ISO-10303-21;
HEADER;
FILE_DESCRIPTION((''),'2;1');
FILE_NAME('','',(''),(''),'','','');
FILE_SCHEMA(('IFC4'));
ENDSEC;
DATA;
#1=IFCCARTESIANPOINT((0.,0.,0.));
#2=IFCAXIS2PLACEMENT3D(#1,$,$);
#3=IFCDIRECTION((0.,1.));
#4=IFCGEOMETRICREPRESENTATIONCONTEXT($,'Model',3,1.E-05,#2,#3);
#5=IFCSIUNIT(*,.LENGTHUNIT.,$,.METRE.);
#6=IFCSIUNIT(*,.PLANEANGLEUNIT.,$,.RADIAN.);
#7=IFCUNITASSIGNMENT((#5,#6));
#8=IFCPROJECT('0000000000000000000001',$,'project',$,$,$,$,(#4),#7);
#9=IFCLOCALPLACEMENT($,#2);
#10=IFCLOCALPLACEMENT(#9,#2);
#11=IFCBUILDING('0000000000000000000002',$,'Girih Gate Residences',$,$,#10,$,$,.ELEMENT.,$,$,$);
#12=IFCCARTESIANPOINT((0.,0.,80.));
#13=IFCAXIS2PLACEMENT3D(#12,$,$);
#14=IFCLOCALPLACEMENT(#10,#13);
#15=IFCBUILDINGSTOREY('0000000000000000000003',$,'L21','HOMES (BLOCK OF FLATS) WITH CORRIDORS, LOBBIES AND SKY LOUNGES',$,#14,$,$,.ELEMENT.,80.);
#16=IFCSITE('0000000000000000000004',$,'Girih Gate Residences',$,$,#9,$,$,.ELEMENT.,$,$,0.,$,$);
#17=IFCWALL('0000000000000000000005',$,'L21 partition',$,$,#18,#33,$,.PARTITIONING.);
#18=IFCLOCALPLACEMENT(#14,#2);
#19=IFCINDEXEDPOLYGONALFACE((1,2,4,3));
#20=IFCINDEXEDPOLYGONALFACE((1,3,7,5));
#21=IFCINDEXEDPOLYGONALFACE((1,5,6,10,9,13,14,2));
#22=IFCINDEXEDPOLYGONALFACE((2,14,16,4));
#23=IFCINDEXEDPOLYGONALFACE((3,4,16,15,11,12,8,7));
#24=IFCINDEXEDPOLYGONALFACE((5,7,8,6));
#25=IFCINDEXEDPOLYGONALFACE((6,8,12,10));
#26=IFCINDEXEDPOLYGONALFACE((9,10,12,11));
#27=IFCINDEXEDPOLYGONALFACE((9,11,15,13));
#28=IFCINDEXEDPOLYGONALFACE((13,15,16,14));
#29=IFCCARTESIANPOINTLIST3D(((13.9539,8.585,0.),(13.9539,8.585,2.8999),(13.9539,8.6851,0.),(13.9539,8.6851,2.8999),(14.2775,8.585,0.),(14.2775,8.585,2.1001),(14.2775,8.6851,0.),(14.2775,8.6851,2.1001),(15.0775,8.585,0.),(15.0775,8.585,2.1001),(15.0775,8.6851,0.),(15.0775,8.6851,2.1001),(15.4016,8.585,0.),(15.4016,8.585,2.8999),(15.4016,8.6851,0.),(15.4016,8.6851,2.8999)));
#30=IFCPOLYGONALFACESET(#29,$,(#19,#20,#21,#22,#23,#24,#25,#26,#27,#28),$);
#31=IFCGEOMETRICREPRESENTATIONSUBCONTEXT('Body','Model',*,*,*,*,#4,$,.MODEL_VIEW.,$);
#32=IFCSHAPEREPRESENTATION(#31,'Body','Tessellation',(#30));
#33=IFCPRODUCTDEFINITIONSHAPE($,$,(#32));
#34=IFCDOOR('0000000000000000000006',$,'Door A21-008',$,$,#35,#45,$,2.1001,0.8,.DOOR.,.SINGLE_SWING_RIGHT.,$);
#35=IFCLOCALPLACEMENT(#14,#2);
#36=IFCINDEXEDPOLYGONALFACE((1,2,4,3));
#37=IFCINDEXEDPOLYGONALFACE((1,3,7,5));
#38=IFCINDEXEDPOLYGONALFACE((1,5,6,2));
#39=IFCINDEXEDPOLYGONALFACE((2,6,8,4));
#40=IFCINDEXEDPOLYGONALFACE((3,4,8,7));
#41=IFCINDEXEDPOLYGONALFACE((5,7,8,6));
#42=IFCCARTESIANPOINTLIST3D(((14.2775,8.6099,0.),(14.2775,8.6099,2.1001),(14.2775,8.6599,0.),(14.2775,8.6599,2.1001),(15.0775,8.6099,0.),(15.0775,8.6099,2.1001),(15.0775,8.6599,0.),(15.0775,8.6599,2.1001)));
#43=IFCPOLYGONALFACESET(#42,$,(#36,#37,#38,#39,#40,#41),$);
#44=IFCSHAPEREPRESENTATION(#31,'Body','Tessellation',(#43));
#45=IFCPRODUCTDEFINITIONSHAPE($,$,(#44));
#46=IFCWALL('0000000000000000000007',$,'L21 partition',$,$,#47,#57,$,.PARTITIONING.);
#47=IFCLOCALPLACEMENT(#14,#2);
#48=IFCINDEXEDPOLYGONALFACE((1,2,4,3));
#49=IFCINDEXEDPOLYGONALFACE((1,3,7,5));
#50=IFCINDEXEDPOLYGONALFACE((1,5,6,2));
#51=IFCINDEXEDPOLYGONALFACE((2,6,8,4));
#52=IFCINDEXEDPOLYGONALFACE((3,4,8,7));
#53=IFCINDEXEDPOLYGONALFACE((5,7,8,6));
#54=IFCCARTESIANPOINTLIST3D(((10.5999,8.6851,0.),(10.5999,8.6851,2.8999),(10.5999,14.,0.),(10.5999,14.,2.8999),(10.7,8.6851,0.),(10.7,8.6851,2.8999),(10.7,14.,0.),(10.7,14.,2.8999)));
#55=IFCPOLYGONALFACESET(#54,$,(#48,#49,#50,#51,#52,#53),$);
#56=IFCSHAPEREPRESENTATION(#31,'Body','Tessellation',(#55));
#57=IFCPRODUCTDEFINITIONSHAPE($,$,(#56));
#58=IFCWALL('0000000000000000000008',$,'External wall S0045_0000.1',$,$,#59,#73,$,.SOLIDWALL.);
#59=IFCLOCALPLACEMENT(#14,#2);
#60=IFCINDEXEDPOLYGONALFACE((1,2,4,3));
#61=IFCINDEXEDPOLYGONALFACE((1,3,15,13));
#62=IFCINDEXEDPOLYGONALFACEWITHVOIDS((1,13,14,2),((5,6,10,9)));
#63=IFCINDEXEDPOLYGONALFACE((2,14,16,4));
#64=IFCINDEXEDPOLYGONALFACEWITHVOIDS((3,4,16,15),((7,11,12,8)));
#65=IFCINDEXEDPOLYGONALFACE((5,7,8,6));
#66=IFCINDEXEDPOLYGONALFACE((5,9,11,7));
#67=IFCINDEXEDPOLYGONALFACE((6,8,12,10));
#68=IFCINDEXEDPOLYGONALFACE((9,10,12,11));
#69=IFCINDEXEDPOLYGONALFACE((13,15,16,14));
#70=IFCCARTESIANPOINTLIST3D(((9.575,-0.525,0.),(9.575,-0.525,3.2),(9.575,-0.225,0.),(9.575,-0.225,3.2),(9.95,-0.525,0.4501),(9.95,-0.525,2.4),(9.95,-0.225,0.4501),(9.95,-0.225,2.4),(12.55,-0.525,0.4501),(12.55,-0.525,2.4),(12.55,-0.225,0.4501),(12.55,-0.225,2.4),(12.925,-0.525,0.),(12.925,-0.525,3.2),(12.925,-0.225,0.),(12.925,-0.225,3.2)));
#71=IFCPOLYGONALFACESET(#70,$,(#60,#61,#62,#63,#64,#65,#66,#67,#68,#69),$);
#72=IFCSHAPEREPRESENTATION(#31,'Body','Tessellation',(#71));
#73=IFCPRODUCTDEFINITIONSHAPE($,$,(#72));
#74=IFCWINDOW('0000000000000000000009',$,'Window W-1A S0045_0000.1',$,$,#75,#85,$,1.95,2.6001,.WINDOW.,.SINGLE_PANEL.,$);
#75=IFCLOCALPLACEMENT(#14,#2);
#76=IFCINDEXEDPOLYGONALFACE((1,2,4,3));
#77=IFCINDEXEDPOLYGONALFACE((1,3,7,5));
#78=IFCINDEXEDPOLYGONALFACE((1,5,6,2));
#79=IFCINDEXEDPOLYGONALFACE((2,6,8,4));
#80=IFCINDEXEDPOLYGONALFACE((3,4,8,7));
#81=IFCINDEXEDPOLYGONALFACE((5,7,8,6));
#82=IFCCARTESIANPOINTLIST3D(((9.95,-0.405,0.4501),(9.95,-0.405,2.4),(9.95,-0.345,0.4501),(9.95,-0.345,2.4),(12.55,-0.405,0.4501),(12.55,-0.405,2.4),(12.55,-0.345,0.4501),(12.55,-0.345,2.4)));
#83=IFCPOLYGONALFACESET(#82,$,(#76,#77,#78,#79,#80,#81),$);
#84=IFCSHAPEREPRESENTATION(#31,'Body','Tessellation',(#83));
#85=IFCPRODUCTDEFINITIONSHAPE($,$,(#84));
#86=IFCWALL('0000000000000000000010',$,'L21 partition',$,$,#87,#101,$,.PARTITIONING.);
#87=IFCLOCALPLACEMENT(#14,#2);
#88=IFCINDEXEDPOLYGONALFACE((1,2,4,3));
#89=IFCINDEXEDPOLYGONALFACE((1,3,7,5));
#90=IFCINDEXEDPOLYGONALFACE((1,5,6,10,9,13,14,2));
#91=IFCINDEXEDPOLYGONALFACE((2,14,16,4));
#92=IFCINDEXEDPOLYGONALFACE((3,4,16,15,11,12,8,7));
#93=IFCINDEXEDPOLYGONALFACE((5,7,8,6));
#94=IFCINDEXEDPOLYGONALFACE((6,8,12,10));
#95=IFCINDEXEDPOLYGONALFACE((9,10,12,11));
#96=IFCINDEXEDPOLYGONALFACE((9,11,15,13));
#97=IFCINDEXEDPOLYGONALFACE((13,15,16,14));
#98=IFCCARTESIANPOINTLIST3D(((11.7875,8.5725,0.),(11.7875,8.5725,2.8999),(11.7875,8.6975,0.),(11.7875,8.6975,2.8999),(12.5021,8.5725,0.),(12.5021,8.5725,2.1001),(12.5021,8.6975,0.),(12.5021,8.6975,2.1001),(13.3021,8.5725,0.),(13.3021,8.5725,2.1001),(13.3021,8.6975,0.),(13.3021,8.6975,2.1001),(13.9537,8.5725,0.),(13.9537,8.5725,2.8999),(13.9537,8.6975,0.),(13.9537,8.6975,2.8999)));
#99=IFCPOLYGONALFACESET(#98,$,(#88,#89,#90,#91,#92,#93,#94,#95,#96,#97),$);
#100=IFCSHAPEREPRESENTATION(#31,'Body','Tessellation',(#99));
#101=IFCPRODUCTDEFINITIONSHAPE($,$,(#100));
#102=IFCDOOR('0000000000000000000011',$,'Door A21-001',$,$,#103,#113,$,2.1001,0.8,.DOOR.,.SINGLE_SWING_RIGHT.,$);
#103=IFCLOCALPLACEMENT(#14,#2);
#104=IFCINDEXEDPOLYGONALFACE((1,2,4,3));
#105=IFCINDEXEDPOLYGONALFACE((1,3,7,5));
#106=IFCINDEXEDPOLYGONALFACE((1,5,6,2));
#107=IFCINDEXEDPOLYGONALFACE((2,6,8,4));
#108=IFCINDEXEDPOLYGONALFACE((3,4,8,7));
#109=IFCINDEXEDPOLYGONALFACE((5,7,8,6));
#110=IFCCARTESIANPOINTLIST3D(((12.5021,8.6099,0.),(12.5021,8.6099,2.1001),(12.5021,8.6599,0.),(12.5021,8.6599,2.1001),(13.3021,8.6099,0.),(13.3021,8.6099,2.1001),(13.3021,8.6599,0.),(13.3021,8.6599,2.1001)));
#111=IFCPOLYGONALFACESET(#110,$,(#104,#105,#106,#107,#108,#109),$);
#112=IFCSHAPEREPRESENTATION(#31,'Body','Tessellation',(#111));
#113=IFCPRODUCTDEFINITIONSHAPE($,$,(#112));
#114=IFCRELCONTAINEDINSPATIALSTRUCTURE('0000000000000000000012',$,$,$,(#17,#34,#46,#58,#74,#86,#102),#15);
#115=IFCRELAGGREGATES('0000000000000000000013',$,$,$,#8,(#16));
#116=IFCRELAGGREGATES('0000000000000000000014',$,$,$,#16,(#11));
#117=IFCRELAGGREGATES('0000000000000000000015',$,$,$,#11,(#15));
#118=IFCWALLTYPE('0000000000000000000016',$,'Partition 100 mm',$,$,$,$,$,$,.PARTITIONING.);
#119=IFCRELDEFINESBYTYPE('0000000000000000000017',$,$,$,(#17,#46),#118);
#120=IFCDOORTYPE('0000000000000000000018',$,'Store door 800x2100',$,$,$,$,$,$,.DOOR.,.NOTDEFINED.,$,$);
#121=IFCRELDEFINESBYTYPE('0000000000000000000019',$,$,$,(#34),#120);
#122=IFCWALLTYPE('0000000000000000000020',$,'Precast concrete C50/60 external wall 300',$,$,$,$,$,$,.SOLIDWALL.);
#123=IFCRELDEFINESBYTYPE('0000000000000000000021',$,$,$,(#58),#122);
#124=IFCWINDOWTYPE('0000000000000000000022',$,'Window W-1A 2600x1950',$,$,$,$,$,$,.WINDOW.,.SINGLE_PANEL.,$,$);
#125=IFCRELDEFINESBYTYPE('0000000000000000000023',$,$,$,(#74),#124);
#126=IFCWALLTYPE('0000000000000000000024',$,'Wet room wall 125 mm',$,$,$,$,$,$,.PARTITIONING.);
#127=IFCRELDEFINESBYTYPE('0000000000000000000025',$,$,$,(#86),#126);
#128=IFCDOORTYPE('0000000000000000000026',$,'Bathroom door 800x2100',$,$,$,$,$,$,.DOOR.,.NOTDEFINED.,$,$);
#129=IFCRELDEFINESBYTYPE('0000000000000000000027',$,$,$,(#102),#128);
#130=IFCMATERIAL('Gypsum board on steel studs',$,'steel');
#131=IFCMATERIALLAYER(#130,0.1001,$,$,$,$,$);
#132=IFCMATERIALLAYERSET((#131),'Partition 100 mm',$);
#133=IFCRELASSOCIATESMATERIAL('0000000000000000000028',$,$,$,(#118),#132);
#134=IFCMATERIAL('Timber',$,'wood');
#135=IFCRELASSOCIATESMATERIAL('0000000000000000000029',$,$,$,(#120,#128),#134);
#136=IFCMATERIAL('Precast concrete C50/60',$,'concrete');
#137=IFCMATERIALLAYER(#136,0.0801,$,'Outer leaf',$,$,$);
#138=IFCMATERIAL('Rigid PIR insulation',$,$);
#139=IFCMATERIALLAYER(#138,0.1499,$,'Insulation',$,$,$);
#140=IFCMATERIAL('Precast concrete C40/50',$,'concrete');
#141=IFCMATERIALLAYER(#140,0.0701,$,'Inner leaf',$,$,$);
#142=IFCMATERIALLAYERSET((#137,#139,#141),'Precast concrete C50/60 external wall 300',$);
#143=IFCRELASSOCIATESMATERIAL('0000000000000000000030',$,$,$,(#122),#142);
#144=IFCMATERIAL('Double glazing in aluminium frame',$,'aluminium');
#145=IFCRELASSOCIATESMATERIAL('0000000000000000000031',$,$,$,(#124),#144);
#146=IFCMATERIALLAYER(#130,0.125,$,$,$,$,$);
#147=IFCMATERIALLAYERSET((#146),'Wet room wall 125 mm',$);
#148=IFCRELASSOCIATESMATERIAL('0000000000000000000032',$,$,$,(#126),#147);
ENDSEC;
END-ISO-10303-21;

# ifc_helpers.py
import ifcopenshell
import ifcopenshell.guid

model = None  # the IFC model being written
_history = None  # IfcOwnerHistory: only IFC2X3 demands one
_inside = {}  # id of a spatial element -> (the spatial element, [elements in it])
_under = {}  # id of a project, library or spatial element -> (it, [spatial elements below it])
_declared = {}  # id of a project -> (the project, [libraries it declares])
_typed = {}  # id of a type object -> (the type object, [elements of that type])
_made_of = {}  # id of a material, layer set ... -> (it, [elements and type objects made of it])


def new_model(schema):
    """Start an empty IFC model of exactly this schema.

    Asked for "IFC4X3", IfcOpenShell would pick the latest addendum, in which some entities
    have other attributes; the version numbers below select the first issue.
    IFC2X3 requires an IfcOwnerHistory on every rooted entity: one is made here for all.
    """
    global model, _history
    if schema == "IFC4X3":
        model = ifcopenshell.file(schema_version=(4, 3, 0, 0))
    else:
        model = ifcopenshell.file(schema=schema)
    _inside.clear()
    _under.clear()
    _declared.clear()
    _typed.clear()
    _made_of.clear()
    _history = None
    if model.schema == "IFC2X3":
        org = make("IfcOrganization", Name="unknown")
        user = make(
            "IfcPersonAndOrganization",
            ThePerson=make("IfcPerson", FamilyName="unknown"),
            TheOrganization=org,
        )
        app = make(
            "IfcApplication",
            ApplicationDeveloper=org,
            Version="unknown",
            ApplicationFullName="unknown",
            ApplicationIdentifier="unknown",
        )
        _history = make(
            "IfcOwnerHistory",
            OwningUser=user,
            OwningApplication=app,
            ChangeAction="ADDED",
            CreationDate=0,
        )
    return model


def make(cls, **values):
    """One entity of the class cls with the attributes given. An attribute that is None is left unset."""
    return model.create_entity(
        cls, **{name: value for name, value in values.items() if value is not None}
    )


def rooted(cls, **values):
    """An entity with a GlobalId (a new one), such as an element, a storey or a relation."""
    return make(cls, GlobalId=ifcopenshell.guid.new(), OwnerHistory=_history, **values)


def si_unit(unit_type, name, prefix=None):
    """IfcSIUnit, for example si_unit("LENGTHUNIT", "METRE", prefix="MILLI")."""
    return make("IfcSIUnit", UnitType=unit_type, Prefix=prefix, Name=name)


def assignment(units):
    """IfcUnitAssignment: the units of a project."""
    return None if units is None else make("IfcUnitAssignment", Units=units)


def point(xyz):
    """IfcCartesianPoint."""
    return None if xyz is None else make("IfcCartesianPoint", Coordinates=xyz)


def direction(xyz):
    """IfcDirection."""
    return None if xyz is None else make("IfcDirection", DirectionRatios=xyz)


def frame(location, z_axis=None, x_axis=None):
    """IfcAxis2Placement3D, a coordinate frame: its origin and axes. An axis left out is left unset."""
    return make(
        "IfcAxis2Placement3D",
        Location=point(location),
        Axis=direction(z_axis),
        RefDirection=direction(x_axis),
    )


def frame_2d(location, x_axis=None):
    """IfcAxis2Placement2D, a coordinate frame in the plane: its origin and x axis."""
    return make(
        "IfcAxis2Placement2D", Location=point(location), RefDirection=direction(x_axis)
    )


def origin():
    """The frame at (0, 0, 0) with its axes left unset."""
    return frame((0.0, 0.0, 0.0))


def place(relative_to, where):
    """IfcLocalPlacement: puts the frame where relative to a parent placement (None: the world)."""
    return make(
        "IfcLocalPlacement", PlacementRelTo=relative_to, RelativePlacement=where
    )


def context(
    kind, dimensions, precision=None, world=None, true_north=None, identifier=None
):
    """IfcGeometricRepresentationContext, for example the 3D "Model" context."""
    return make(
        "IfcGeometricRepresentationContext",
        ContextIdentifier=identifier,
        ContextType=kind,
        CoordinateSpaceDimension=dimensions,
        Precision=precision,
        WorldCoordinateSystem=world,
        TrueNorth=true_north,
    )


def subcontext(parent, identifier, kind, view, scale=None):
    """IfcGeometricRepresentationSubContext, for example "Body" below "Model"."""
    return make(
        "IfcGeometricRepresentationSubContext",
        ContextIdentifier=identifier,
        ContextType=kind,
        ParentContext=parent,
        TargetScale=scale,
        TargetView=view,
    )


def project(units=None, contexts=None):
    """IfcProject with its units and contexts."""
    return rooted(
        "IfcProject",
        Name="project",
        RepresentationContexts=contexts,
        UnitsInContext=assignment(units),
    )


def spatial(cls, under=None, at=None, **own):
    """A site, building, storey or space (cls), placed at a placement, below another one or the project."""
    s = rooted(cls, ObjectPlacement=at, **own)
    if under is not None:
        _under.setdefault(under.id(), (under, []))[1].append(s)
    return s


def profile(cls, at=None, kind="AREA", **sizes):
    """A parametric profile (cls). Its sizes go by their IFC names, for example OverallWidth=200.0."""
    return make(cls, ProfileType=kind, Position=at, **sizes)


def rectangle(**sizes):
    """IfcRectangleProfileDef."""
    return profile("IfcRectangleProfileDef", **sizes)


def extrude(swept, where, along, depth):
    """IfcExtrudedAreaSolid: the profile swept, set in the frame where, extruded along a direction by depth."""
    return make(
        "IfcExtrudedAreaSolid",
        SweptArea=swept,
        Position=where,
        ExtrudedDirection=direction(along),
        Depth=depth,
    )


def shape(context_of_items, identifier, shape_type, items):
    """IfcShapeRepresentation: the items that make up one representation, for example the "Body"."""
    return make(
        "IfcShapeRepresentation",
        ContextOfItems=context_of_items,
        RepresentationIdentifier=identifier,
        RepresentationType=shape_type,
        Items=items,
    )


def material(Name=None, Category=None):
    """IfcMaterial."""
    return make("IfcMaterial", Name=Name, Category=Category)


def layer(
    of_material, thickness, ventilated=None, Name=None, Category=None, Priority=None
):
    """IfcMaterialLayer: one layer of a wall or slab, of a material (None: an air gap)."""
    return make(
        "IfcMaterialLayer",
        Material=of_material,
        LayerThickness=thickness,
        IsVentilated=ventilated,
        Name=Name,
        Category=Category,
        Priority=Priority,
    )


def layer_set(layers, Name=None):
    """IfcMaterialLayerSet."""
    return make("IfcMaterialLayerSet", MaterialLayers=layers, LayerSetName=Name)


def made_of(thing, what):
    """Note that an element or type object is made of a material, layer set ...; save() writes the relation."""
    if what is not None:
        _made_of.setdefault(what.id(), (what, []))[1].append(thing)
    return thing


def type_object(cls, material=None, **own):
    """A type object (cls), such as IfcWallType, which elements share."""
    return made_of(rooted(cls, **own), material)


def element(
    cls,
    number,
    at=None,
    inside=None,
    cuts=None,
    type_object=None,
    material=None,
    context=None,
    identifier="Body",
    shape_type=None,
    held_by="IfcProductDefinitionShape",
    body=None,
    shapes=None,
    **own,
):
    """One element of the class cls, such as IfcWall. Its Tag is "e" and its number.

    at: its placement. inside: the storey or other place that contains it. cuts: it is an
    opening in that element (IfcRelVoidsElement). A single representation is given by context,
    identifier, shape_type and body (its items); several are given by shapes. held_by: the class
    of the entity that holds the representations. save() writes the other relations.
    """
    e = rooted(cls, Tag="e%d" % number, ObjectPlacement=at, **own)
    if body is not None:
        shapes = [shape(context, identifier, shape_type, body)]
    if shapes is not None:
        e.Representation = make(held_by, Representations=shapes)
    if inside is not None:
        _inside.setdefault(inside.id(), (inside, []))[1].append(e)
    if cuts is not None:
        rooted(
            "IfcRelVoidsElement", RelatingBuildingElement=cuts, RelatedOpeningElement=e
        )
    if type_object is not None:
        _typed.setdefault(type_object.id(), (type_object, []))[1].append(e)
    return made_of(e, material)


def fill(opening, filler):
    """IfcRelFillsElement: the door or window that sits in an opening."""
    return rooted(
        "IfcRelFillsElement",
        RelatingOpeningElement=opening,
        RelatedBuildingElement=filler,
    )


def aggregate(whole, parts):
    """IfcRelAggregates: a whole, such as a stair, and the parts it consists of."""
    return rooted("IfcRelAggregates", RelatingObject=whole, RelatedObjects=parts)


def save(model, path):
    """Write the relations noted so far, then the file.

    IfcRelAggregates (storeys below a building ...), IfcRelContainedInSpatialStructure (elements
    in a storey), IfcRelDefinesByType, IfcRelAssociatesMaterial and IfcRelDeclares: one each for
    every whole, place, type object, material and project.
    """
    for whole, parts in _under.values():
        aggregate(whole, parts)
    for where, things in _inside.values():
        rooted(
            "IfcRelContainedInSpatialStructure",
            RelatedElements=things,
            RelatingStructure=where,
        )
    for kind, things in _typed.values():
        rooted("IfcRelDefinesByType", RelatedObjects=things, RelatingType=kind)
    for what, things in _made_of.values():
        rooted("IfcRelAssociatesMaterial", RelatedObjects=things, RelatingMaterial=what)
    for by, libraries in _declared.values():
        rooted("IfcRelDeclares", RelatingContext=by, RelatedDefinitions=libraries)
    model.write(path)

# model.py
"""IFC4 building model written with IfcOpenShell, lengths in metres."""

from ifc_helpers import new_model, si_unit, direction, frame, frame_2d, origin, place, context, subcontext, project, spatial, rectangle, extrude, material, layer, layer_set, type_object, element, fill, save


model = new_model("IFC4")

# Units and contexts
model_context = context("Model", 3, precision=1e-05, world=origin(), true_north=direction((0.0, 1.0)))
body_context = subcontext(model_context, "Body", "Model", "MODEL_VIEW")
ifc_project = project(units=[si_unit("LENGTHUNIT", "METRE"), si_unit("PLANEANGLEUNIT", "RADIAN")], contexts=[model_context])

# Site, building, storey
site_placement = place(None, origin())
site = spatial("IfcSite", under=ifc_project, at=site_placement, Name="Girih Gate Residences", CompositionType="ELEMENT", RefElevation=0.0)
building_placement = place(site_placement, origin())
building = spatial("IfcBuilding", under=site, at=building_placement, Name="Girih Gate Residences", CompositionType="ELEMENT")
storey_placement = place(building_placement, frame((0.0, 0.0, 80.0)))
storey = spatial("IfcBuildingStorey", under=building, at=storey_placement, Name="L21", Description="HOMES (BLOCK OF FLATS) WITH CORRIDORS, LOBBIES AND SKY LOUNGES", CompositionType="ELEMENT", Elevation=80.0)

# Shared definitions
ifc_material_1 = material(Name="Gypsum board on steel studs", Category="steel")
ifc_layer_1 = layer(ifc_material_1, 0.1001)
ifc_layer_set_1 = layer_set([ifc_layer_1], Name="Partition 100 mm")
wall_type_1 = type_object("IfcWallType", Name="Partition 100 mm", PredefinedType="PARTITIONING", material=ifc_layer_set_1)

# Shared definitions
ifc_material_2 = material(Name="Timber", Category="wood")

# Wall, opening, door
door_type_1 = type_object("IfcDoorType", Name="Store door 800x2100", OperationType="NOTDEFINED", PredefinedType="DOOR", material=ifc_material_2)
wall_1_placement = place(storey_placement, frame((13.9539, 8.635, 0.0), z_axis=(0.0, 0.0, 1.0), x_axis=(1.0, 0.0, 0.0)))
wall_1 = element("IfcWall", 1, at=wall_1_placement, inside=storey, type_object=wall_type_1, Name="L21 partition", PredefinedType="PARTITIONING", context=body_context, shape_type="SweptSolid", body=[
    extrude(rectangle(XDim=1.4478, YDim=0.1001, at=frame_2d((0.7239, 0.0))), origin(), (0.0, 0.0, 1.0), 2.8999),
])
opening_1_placement = place(wall_1_placement, frame((0.3237, 0.0, 0.0)))
opening_1 = element("IfcOpeningElement", 2, at=opening_1_placement, cuts=wall_1, PredefinedType="OPENING", context=body_context, shape_type="SweptSolid", body=[
    extrude(rectangle(XDim=0.8, YDim=2.1001, at=frame_2d((0.3999, 1.05))), frame((0.0, 0.0601, 0.0), z_axis=(0.0, -1.0, 0.0), x_axis=(1.0, 0.0, 0.0)), (0.0, 0.0, 1.0), 0.1201),
])
door_1_placement = place(opening_1_placement, origin())
door_1 = element("IfcDoor", 3, at=door_1_placement, inside=storey, type_object=door_type_1, Name="Door A21-008", OperationType="SINGLE_SWING_RIGHT", OverallHeight=2.1001, OverallWidth=0.8, PredefinedType="DOOR", context=body_context, shape_type="SweptSolid", body=[
    extrude(rectangle(XDim=0.8, YDim=2.1001, at=frame_2d((0.3999, 1.05))), frame((0.0, 0.0249, 0.0), z_axis=(0.0, -1.0, 0.0), x_axis=(1.0, 0.0, 0.0)), (0.0, 0.0, 1.0), 0.05),
])
fill(opening_1, door_1)

# Wall
wall_2_placement = place(storey_placement, frame((10.6499, 8.6851, 0.0), z_axis=(0.0, 0.0, 1.0), x_axis=(0.0, 1.0, 0.0)))
element("IfcWall", 4, at=wall_2_placement, inside=storey, type_object=wall_type_1, Name="L21 partition", PredefinedType="PARTITIONING", context=body_context, shape_type="SweptSolid", body=[
    extrude(rectangle(XDim=5.3149, YDim=0.1001, at=frame_2d((2.6575, 0.0))), origin(), (0.0, 0.0, 1.0), 2.8999),
])

# Wall, opening, window
ifc_material_3 = material(Name="Precast concrete C50/60", Category="concrete")
ifc_layer_2 = layer(ifc_material_3, 0.0801, Name="Outer leaf")
ifc_material_4 = material(Name="Rigid PIR insulation")
ifc_layer_3 = layer(ifc_material_4, 0.1499, Name="Insulation")
ifc_material_5 = material(Name="Precast concrete C40/50", Category="concrete")
ifc_layer_4 = layer(ifc_material_5, 0.0701, Name="Inner leaf")
ifc_layer_set_2 = layer_set([ifc_layer_2, ifc_layer_3, ifc_layer_4], Name="Precast concrete C50/60 external wall 300")
wall_type_2 = type_object("IfcWallType", Name="Precast concrete C50/60 external wall 300", PredefinedType="SOLIDWALL", material=ifc_layer_set_2)
wall_3_placement = place(storey_placement, frame((12.925, -0.375, 0.0), z_axis=(0.0, 0.0, 1.0), x_axis=(-1.0, 0.0, 0.0)))
wall_3 = element("IfcWall", 5, at=wall_3_placement, inside=storey, type_object=wall_type_2, Name="External wall S0045_0000.1", PredefinedType="SOLIDWALL", context=body_context, shape_type="SweptSolid", body=[
    extrude(rectangle(XDim=3.3501, YDim=0.3, at=frame_2d((1.675, 0.0))), origin(), (0.0, 0.0, 1.0), 3.2),
])
opening_2_placement = place(wall_3_placement, frame((0.375, 0.0, 0.45)))
opening_2 = element("IfcOpeningElement", 6, at=opening_2_placement, cuts=wall_3, PredefinedType="OPENING", context=body_context, shape_type="SweptSolid", body=[
    extrude(rectangle(XDim=2.6001, YDim=1.95, at=frame_2d((1.3, 0.9751))), frame((0.0, 0.1599, 0.0), z_axis=(0.0, -1.0, 0.0), x_axis=(1.0, 0.0, 0.0)), (0.0, 0.0, 1.0), 0.3201),
])
ifc_material_6 = material(Name="Double glazing in aluminium frame", Category="aluminium")
window_type = type_object("IfcWindowType", Name="Window W-1A 2600x1950", PartitioningType="SINGLE_PANEL", PredefinedType="WINDOW", material=ifc_material_6)
window_placement = place(opening_2_placement, origin())
window = element("IfcWindow", 7, at=window_placement, inside=storey, type_object=window_type, Name="Window W-1A S0045_0000.1", OverallHeight=1.95, OverallWidth=2.6001, PartitioningType="SINGLE_PANEL", PredefinedType="WINDOW", context=body_context, shape_type="SweptSolid", body=[
    extrude(rectangle(XDim=2.6001, YDim=1.95, at=frame_2d((1.3, 0.9751))), frame((0.0, 0.03, 0.0), z_axis=(0.0, -1.0, 0.0), x_axis=(1.0, 0.0, 0.0)), (0.0, 0.0, 1.0), 0.0601),
])
fill(opening_2, window)

# Wall, opening, door
ifc_layer_5 = layer(ifc_material_1, 0.125)
ifc_layer_set_3 = layer_set([ifc_layer_5], Name="Wet room wall 125 mm")
wall_type_3 = type_object("IfcWallType", Name="Wet room wall 125 mm", PredefinedType="PARTITIONING", material=ifc_layer_set_3)
wall_4_placement = place(storey_placement, frame((11.7876, 8.635, 0.0), z_axis=(0.0, 0.0, 1.0), x_axis=(1.0, 0.0, 0.0)))
wall_4 = element("IfcWall", 8, at=wall_4_placement, inside=storey, type_object=wall_type_3, Name="L21 partition", PredefinedType="PARTITIONING", context=body_context, shape_type="SweptSolid", body=[
    extrude(rectangle(XDim=2.1663, YDim=0.125, at=frame_2d((1.083, 0.0))), origin(), (0.0, 0.0, 1.0), 2.8999),
])
opening_3_placement = place(wall_4_placement, frame((0.7146, 0.0, 0.0)))
opening_3 = element("IfcOpeningElement", 9, at=opening_3_placement, cuts=wall_4, PredefinedType="OPENING", context=body_context, shape_type="SweptSolid", body=[
    extrude(rectangle(XDim=0.8, YDim=2.1001, at=frame_2d((0.3999, 1.05))), frame((0.0, 0.0725, 0.0), z_axis=(0.0, -1.0, 0.0), x_axis=(1.0, 0.0, 0.0)), (0.0, 0.0, 1.0), 0.145),
])
door_type_2 = type_object("IfcDoorType", Name="Bathroom door 800x2100", OperationType="NOTDEFINED", PredefinedType="DOOR", material=ifc_material_2)
door_2_placement = place(opening_3_placement, origin())
door_2 = element("IfcDoor", 10, at=door_2_placement, inside=storey, type_object=door_type_2, Name="Door A21-001", OperationType="SINGLE_SWING_RIGHT", OverallHeight=2.1001, OverallWidth=0.8, PredefinedType="DOOR", context=body_context, shape_type="SweptSolid", body=[
    extrude(rectangle(XDim=0.8, YDim=2.1001, at=frame_2d((0.3999, 1.05))), frame((0.0, 0.0249, 0.0), z_axis=(0.0, -1.0, 0.0), x_axis=(1.0, 0.0, 0.0)), (0.0, 0.0, 1.0), 0.05),
])
fill(opening_3, door_2)

save(model, "model.ifc")
